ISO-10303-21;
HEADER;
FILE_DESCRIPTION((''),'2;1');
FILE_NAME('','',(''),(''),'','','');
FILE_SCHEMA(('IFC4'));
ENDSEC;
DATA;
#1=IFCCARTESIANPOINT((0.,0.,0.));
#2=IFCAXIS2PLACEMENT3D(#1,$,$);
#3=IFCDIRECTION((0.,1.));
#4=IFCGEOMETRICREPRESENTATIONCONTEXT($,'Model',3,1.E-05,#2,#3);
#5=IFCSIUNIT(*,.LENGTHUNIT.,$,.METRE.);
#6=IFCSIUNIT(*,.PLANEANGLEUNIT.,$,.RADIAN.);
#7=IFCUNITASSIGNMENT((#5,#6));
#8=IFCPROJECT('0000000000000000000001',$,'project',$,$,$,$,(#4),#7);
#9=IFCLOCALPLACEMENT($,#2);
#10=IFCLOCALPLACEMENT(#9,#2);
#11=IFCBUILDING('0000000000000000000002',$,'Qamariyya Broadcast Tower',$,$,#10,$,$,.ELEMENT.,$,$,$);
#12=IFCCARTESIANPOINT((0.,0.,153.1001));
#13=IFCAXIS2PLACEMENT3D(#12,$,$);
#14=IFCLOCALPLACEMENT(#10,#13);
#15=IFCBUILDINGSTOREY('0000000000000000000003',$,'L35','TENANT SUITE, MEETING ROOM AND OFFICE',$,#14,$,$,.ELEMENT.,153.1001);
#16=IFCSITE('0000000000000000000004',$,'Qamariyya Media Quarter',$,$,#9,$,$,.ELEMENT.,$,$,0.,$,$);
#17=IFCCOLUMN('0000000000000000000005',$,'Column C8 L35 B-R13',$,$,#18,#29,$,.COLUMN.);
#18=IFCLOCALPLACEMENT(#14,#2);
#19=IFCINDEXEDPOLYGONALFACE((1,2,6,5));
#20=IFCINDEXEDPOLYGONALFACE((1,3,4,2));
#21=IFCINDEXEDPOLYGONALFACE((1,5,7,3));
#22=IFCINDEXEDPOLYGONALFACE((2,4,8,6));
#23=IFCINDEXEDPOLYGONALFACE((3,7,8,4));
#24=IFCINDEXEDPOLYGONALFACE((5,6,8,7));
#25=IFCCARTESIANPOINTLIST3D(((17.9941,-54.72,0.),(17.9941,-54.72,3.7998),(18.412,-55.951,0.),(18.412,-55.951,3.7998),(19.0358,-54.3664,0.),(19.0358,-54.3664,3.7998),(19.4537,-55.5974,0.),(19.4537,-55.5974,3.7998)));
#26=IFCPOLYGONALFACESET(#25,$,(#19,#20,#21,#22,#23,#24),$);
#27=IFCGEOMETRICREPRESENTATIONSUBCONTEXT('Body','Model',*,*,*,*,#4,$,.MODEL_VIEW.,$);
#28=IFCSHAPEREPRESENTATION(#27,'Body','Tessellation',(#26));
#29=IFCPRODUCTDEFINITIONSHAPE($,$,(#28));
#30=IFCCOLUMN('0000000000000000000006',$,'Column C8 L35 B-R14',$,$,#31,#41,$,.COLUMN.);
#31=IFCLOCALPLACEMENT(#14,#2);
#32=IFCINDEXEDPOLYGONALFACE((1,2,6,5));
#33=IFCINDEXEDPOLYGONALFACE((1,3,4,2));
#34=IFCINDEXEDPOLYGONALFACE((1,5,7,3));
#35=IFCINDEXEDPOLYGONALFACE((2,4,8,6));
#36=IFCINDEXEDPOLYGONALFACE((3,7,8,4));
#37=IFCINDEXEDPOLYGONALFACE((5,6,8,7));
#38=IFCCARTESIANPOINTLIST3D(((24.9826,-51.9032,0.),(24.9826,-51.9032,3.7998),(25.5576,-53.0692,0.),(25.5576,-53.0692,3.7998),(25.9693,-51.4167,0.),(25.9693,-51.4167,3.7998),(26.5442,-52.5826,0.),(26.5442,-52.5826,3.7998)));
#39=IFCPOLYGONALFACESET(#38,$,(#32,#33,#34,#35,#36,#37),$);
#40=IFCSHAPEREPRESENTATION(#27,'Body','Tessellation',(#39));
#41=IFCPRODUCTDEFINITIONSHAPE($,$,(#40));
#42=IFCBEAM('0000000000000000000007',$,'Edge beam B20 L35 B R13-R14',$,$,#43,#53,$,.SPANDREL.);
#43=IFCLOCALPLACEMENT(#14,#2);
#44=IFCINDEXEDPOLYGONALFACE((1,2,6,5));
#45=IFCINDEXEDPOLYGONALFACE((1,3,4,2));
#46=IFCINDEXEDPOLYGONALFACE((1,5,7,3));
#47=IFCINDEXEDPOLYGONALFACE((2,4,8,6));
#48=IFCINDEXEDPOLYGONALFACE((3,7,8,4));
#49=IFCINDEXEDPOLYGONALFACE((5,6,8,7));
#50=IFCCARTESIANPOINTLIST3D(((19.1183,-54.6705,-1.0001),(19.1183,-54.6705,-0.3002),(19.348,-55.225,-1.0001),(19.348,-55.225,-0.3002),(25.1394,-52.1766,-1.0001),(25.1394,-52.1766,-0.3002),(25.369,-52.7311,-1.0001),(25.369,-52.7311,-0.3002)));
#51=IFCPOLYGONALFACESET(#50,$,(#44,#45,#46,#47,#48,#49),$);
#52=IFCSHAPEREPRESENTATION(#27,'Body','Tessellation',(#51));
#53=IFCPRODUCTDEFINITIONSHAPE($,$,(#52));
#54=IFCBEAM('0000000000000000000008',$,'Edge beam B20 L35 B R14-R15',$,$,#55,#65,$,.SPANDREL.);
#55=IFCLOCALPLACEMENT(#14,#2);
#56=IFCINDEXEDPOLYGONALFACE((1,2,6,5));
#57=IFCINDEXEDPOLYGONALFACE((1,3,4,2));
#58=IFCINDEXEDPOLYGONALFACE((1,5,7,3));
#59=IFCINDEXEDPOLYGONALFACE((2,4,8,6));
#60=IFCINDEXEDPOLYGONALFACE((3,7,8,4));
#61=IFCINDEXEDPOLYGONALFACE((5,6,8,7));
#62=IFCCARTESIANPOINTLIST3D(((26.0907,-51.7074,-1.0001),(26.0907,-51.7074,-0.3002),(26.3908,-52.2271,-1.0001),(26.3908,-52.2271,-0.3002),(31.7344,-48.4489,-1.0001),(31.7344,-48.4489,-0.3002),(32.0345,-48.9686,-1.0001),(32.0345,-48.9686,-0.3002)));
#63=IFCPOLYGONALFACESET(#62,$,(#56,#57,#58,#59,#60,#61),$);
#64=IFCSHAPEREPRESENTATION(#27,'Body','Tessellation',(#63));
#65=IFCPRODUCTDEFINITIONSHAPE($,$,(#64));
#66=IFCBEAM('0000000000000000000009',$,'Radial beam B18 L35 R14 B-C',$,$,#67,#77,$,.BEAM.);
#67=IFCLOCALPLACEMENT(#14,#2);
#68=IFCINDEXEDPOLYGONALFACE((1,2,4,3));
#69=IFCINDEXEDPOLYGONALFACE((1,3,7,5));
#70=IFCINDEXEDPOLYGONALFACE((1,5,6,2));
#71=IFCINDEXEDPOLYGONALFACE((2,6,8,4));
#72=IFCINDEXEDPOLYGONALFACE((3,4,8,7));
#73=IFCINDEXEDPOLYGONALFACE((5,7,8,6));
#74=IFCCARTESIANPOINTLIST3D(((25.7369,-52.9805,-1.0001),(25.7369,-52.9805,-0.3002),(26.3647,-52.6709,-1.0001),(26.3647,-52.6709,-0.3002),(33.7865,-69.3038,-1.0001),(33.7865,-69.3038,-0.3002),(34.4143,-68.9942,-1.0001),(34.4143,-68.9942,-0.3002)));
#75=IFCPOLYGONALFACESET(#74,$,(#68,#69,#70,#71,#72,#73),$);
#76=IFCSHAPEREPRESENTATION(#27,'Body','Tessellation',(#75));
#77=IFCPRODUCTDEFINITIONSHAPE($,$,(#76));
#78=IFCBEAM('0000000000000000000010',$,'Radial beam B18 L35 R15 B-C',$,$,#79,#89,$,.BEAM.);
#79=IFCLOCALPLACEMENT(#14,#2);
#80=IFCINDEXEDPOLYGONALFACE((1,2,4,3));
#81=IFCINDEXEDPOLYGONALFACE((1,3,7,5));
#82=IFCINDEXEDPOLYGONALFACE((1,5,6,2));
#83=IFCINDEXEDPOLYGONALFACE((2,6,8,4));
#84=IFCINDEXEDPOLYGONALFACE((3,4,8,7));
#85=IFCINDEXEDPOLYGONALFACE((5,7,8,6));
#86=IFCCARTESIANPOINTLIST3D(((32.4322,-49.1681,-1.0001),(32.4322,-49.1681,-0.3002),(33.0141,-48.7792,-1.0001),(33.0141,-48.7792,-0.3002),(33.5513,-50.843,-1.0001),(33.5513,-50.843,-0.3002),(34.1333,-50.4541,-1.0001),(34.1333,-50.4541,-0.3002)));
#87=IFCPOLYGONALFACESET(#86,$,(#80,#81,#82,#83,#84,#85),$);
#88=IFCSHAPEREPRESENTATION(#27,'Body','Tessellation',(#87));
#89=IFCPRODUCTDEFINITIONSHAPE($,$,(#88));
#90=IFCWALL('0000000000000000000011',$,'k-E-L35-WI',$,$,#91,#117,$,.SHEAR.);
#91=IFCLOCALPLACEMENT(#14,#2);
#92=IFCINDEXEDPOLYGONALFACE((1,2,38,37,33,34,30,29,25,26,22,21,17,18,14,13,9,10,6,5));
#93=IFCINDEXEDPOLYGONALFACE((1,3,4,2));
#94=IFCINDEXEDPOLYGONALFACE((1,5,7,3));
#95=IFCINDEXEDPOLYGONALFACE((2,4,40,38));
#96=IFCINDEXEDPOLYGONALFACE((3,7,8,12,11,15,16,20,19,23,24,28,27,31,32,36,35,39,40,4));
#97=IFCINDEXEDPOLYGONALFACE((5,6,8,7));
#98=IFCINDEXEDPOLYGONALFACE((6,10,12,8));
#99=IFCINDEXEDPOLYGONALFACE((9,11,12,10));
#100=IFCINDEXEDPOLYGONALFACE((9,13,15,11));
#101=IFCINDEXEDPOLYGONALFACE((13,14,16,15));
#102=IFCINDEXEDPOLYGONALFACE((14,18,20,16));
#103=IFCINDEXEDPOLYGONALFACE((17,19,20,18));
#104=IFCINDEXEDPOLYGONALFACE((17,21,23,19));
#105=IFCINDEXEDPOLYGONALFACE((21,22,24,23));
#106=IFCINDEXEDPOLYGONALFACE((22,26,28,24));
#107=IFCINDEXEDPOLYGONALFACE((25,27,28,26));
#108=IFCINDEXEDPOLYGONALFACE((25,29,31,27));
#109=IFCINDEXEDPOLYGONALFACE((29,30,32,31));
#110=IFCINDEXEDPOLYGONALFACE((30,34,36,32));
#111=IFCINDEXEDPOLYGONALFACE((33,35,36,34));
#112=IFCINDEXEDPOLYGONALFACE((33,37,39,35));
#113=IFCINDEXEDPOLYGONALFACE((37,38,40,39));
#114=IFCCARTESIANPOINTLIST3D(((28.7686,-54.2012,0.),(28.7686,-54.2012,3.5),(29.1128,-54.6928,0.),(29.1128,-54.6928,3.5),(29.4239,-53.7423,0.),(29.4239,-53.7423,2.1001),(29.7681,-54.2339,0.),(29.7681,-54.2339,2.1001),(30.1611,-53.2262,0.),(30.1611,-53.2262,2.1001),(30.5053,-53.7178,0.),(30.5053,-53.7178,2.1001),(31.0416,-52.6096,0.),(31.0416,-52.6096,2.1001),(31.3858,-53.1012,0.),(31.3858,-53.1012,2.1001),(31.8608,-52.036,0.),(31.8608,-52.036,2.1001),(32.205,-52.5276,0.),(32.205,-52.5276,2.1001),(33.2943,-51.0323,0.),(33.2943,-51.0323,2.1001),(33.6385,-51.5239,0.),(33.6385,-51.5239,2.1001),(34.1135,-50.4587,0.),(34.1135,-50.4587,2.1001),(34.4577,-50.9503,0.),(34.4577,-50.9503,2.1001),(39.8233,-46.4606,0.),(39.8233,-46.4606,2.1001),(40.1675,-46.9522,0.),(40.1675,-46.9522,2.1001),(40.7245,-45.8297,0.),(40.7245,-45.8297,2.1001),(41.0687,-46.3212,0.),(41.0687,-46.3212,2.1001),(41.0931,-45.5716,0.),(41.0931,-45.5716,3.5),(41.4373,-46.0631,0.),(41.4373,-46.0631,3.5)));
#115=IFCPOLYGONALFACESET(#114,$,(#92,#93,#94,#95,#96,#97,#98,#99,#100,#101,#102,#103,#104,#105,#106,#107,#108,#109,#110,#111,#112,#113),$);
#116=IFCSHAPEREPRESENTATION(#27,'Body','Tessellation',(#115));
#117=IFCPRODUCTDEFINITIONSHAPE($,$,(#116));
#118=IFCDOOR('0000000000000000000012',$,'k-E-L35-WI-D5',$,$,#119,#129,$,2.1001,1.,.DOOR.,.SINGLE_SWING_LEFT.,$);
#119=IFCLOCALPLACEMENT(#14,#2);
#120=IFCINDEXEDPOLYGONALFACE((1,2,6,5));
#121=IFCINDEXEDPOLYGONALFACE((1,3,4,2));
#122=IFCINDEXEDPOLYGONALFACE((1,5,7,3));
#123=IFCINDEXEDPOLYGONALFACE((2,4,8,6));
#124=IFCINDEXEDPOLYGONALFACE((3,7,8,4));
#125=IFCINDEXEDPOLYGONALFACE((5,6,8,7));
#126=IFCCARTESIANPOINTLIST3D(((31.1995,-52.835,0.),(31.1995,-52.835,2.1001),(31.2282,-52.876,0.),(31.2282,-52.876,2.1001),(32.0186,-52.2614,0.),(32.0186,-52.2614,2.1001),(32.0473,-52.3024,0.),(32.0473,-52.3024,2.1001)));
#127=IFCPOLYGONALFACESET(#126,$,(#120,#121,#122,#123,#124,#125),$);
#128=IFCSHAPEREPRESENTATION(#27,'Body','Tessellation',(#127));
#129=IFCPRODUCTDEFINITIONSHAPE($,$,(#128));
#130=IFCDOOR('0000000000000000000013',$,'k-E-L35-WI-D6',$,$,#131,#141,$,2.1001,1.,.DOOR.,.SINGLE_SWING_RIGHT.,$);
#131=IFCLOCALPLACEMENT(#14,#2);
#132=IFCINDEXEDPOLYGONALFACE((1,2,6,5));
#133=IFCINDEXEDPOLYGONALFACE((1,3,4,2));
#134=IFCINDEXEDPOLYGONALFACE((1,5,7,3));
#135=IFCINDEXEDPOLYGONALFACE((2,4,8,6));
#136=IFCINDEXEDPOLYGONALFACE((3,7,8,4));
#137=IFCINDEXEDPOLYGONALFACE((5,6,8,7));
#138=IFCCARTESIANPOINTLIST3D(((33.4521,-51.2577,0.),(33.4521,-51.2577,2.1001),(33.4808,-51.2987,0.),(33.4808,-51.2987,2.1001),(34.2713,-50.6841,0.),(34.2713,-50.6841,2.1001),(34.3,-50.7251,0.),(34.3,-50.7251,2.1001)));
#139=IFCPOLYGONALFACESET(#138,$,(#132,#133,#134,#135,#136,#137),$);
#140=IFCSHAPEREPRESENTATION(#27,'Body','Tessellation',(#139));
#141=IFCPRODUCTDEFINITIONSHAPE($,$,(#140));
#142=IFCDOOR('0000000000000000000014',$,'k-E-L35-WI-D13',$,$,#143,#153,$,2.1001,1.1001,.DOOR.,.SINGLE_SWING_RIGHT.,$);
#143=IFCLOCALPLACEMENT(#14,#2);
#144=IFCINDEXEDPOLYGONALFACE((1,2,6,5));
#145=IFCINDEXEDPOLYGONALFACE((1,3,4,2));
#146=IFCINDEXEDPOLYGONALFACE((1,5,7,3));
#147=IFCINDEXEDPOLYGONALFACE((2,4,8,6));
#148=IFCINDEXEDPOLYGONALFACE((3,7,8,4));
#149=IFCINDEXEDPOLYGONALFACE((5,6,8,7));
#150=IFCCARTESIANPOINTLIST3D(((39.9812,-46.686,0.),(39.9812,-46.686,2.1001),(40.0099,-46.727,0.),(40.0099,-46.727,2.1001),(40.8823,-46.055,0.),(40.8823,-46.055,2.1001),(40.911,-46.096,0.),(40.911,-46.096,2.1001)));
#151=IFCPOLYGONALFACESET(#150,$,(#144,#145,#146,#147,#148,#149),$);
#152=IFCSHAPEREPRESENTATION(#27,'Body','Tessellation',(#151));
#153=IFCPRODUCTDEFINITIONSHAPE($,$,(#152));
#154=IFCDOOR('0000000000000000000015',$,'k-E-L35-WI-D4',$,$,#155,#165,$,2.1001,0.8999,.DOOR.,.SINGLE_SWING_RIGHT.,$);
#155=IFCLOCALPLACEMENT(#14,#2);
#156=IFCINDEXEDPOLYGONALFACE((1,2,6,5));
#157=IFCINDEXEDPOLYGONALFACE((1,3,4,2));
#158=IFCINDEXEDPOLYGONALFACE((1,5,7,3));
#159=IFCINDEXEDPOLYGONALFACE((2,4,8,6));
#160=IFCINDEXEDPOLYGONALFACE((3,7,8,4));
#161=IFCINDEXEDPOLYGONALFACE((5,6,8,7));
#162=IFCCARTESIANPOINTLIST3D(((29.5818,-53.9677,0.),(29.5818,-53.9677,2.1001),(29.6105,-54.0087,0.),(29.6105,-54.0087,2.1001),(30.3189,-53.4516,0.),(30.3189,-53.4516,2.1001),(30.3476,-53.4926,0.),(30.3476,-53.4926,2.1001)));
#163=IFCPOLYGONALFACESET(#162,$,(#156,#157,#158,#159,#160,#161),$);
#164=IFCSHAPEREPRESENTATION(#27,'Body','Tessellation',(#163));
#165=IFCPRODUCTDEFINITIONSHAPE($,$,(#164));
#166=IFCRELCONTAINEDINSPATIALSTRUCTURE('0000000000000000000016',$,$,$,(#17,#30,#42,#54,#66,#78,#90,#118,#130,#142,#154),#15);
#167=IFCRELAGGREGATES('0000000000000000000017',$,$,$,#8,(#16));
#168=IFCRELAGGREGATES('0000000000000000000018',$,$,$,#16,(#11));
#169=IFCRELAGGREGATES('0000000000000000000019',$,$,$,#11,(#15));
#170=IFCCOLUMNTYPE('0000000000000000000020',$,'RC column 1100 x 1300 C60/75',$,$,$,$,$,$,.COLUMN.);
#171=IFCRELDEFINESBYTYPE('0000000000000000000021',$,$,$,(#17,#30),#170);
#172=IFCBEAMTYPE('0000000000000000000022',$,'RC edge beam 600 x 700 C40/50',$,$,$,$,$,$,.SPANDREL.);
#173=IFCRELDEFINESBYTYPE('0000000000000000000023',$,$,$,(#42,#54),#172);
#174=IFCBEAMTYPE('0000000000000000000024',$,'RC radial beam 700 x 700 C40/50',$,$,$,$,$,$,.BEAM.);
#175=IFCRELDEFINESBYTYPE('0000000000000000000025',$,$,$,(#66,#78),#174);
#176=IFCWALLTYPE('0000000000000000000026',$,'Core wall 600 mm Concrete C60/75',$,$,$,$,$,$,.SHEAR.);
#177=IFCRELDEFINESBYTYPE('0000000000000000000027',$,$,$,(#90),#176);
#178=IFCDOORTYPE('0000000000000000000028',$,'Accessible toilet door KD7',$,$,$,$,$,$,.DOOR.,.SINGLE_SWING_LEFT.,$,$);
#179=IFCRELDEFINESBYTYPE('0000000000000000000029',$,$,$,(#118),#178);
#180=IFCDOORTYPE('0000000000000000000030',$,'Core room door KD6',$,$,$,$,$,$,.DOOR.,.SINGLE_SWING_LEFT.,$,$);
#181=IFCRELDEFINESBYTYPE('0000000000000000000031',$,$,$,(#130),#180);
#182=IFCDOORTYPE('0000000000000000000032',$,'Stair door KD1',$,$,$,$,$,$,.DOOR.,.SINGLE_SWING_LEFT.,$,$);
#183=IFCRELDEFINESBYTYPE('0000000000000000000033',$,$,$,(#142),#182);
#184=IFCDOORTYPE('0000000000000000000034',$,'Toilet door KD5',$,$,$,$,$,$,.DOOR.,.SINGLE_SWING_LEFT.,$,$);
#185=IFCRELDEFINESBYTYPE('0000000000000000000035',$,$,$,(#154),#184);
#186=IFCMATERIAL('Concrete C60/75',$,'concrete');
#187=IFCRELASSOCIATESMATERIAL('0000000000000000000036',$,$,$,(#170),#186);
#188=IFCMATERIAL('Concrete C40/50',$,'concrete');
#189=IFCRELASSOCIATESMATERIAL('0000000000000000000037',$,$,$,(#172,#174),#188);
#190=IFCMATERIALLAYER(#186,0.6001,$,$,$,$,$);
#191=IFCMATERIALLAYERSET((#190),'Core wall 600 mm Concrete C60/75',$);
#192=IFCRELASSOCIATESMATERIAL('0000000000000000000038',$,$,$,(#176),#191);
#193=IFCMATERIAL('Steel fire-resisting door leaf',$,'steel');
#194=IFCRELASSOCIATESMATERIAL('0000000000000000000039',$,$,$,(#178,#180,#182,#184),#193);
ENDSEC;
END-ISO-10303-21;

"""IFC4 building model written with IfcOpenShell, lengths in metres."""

from ifc_helpers import new_model, si_unit, direction, frame, frame_2d, origin, origin_2d, place, context, subcontext, project, spatial, rectangle, extrude, material, layer, layer_set, material_profile, profile_set, type_object, element, fill, save


model = new_model("IFC4")

# Units and contexts
model_context = context("Model", 3, precision=1e-05, world=origin(), true_north=direction((0.0, 1.0)))
body_context = subcontext(model_context, "Body", "Model", "MODEL_VIEW")
ifc_project = project(units=[si_unit("LENGTHUNIT", "METRE"), si_unit("PLANEANGLEUNIT", "RADIAN")], contexts=[model_context])

# Site, building, storey
site_placement = place(None, origin())
site = spatial("IfcSite", under=ifc_project, at=site_placement, Name="Qamariyya Media Quarter", CompositionType="ELEMENT", RefElevation=0.0)
building_placement = place(site_placement, origin())
building = spatial("IfcBuilding", under=site, at=building_placement, Name="Qamariyya Broadcast Tower", CompositionType="ELEMENT")
storey_placement = place(building_placement, frame((0.0, 0.0, 153.1001)))
storey = spatial("IfcBuildingStorey", under=building, at=storey_placement, Name="L35", Description="TENANT SUITE, MEETING ROOM AND OFFICE", CompositionType="ELEMENT", Elevation=153.1001)

# Columns
ifc_material_1 = material(Name="Concrete C60/75", Category="concrete")
ifc_material_profile_1 = material_profile(ifc_material_1, rectangle(XDim=1.1001, YDim=1.3, at=origin_2d()))
ifc_profile_set_1 = profile_set([ifc_material_profile_1], Name="Concrete C60/75")
column_type = type_object("IfcColumnType", Name="RC column 1100 x 1300 C60/75", PredefinedType="COLUMN", material=ifc_profile_set_1)
for number, where, z_axis, x_axis, name in (
    (1, (18.7239, -55.1587, 0.0), (0.0, 0.0, 1.0), (0.94693, 0.321439, 0.0), "Column C8 L35 B-R13"),
    (2, (25.7634, -52.2429, 0.0), (0.0, 0.0, 1.0), (0.896873, 0.442289, 0.0), "Column C8 L35 B-R14"),
):
    element("IfcColumn", number, at=place(storey_placement, frame(where, z_axis=z_axis, x_axis=x_axis)), inside=storey, type_object=column_type, Name=name, PredefinedType="COLUMN", context=body_context, shape_type="SweptSolid", body=[
        extrude(rectangle(XDim=1.1001, YDim=1.3, at=origin_2d()), origin(), (0.0, 0.0, 1.0), 3.7998),
    ])

# Beams
ifc_material_2 = material(Name="Concrete C40/50", Category="concrete")
ifc_material_profile_2 = material_profile(ifc_material_2, rectangle(XDim=0.6001, YDim=0.7, at=origin_2d()))
ifc_profile_set_2 = profile_set([ifc_material_profile_2], Name="Concrete C40/50")
beam_type_1 = type_object("IfcBeamType", Name="RC edge beam 600 x 700 C40/50", PredefinedType="SPANDREL", material=ifc_profile_set_2)
beam_1_placement = place(storey_placement, frame((19.2332, -54.9478, -0.6501), z_axis=(0.923884, 0.382673, 0.0), x_axis=(-0.382673, 0.923884, 0.0)))
element("IfcBeam", 3, at=beam_1_placement, inside=storey, type_object=beam_type_1, Name="Edge beam B20 L35 B R13-R14", PredefinedType="SPANDREL", context=body_context, shape_type="SweptSolid", body=[
    extrude(rectangle(XDim=0.6001, YDim=0.7, at=origin_2d()), origin(), (0.0, 0.0, 1.0), 6.5171),
])
beam_2_placement = place(storey_placement, frame((26.2407, -51.9673, -0.6501), z_axis=(0.866019, 0.500011, 0.0), x_axis=(-0.500011, 0.866019, 0.0)))
element("IfcBeam", 4, at=beam_2_placement, inside=storey, type_object=beam_type_1, Name="Edge beam B20 L35 B R14-R15", PredefinedType="SPANDREL", context=body_context, shape_type="SweptSolid", body=[
    extrude(rectangle(XDim=0.6001, YDim=0.7, at=origin_2d()), origin(), (0.0, 0.0, 1.0), 6.5168),
])
ifc_material_profile_3 = material_profile(ifc_material_2, rectangle(XDim=0.7, YDim=0.7, at=origin_2d()))
ifc_profile_set_3 = profile_set([ifc_material_profile_3], Name="Concrete C40/50")
beam_type_2 = type_object("IfcBeamType", Name="RC radial beam 700 x 700 C40/50", PredefinedType="BEAM", material=ifc_profile_set_3)
beam_3_placement = place(storey_placement, frame((26.0508, -52.8257, -0.6501), z_axis=(0.442281, -0.896876, 0.0), x_axis=(0.896876, 0.442281, 0.0)))
element("IfcBeam", 5, at=beam_3_placement, inside=storey, type_object=beam_type_2, Name="Radial beam B18 L35 R14 B-C", PredefinedType="BEAM", context=body_context, shape_type="SweptSolid", body=[
    extrude(rectangle(XDim=0.7, YDim=0.7, at=origin_2d()), origin(), (0.0, 0.0, 1.0), 18.2002),
])
beam_4_placement = place(storey_placement, frame((32.7231, -48.9736, -0.6501), z_axis=(0.555595, -0.831453, 0.0), x_axis=(0.831453, 0.555595, 0.0)))
element("IfcBeam", 6, at=beam_4_placement, inside=storey, type_object=beam_type_2, Name="Radial beam B18 L35 R15 B-C", PredefinedType="BEAM", context=body_context, shape_type="SweptSolid", body=[
    extrude(rectangle(XDim=0.7, YDim=0.7, at=origin_2d()), origin(), (0.0, 0.0, 1.0), 2.0144),
])

# Wall, openings, doors
ifc_layer_1 = layer(ifc_material_1, 0.6001)
ifc_layer_set_1 = layer_set([ifc_layer_1], Name="Core wall 600 mm Concrete C60/75")
wall_type_1 = type_object("IfcWallType", Name="Core wall 600 mm Concrete C60/75", PredefinedType="SHEAR", material=ifc_layer_set_1)
wall_1_placement = place(storey_placement, frame((28.9407, -54.447, 0.0), z_axis=(0.0, 0.0, 1.0), x_axis=(0.819153, 0.573575, 0.0)))
wall_1 = element("IfcWall", 7, at=wall_1_placement, inside=storey, type_object=wall_type_1, Name="k-E-L35-WI", PredefinedType="SHEAR", context=body_context, shape_type="SweptSolid", body=[
    extrude(rectangle(XDim=15.0454, YDim=0.6001, at=frame_2d((7.5227, 0.0))), origin(), (0.0, 0.0, 1.0), 3.5),
])
opening_1_placement = place(wall_1_placement, frame((0.8, 0.0, 0.0)))
opening_1 = element("IfcOpeningElement", 8, at=opening_1_placement, cuts=wall_1, PredefinedType="OPENING", context=body_context, shape_type="SweptSolid", body=[
    extrude(rectangle(XDim=0.8999, YDim=2.1001, at=frame_2d((0.45, 1.05))), frame((0.0, 0.3101, 0.0), z_axis=(0.0, -1.0, 0.0), x_axis=(1.0, 0.0, 0.0)), (0.0, 0.0, 1.0), 0.6201),
])
opening_2_placement = place(wall_1_placement, frame((2.7749, 0.0, 0.0)))
opening_2 = element("IfcOpeningElement", 9, at=opening_2_placement, cuts=wall_1, PredefinedType="OPENING", context=body_context, shape_type="SweptSolid", body=[
    extrude(rectangle(XDim=1.0, YDim=2.1001, at=frame_2d((0.5, 1.05))), frame((0.0, 0.3101, 0.0), z_axis=(0.0, -1.0, 0.0), x_axis=(1.0, 0.0, 0.0)), (0.0, 0.0, 1.0), 0.6201),
])
opening_3_placement = place(wall_1_placement, frame((5.5249, 0.0, 0.0)))
opening_3 = element("IfcOpeningElement", 10, at=opening_3_placement, cuts=wall_1, PredefinedType="OPENING", context=body_context, shape_type="SweptSolid", body=[
    extrude(rectangle(XDim=1.0, YDim=2.1001, at=frame_2d((0.5, 1.05))), frame((0.0, 0.3101, 0.0), z_axis=(0.0, -1.0, 0.0), x_axis=(1.0, 0.0, 0.0)), (0.0, 0.0, 1.0), 0.6201),
])
opening_4_placement = place(wall_1_placement, frame((13.4954, 0.0, 0.0)))
opening_4 = element("IfcOpeningElement", 11, at=opening_4_placement, cuts=wall_1, PredefinedType="OPENING", context=body_context, shape_type="SweptSolid", body=[
    extrude(rectangle(XDim=1.1001, YDim=2.1001, at=frame_2d((0.55, 1.05))), frame((0.0, 0.3101, 0.0), z_axis=(0.0, -1.0, 0.0), x_axis=(1.0, 0.0, 0.0)), (0.0, 0.0, 1.0), 0.6201),
])
ifc_material_3 = material(Name="Steel fire-resisting door leaf", Category="steel")
door_type_1 = type_object("IfcDoorType", Name="Accessible toilet door KD7", OperationType="SINGLE_SWING_LEFT", PredefinedType="DOOR", material=ifc_material_3)
door_1_placement = place(opening_2_placement, origin())
door_1 = element("IfcDoor", 12, at=door_1_placement, inside=storey, type_object=door_type_1, Name="k-E-L35-WI-D5", OperationType="SINGLE_SWING_LEFT", OverallHeight=2.1001, OverallWidth=1.0, PredefinedType="DOOR", context=body_context, shape_type="SweptSolid", body=[
    extrude(rectangle(XDim=1.0, YDim=2.1001, at=frame_2d((0.5, 1.05))), frame((0.0, 0.0249, 0.0), z_axis=(0.0, -1.0, 0.0), x_axis=(1.0, 0.0, 0.0)), (0.0, 0.0, 1.0), 0.05),
])
fill(opening_2, door_1)
door_type_2 = type_object("IfcDoorType", Name="Core room door KD6", OperationType="SINGLE_SWING_LEFT", PredefinedType="DOOR", material=ifc_material_3)
door_2_placement = place(opening_3_placement, origin())
door_2 = element("IfcDoor", 13, at=door_2_placement, inside=storey, type_object=door_type_2, Name="k-E-L35-WI-D6", OperationType="SINGLE_SWING_RIGHT", OverallHeight=2.1001, OverallWidth=1.0, PredefinedType="DOOR", context=body_context, shape_type="SweptSolid", body=[
    extrude(rectangle(XDim=1.0, YDim=2.1001, at=frame_2d((0.5, 1.05))), frame((0.0, 0.0249, 0.0), z_axis=(0.0, -1.0, 0.0), x_axis=(1.0, 0.0, 0.0)), (0.0, 0.0, 1.0), 0.05),
])
fill(opening_3, door_2)
door_type_3 = type_object("IfcDoorType", Name="Stair door KD1", OperationType="SINGLE_SWING_LEFT", PredefinedType="DOOR", material=ifc_material_3)
door_3_placement = place(opening_4_placement, origin())
door_3 = element("IfcDoor", 14, at=door_3_placement, inside=storey, type_object=door_type_3, Name="k-E-L35-WI-D13", OperationType="SINGLE_SWING_RIGHT", OverallHeight=2.1001, OverallWidth=1.1001, PredefinedType="DOOR", context=body_context, shape_type="SweptSolid", body=[
    extrude(rectangle(XDim=1.1001, YDim=2.1001, at=frame_2d((0.55, 1.05))), frame((0.0, 0.0249, 0.0), z_axis=(0.0, -1.0, 0.0), x_axis=(1.0, 0.0, 0.0)), (0.0, 0.0, 1.0), 0.05),
])
fill(opening_4, door_3)
door_type_4 = type_object("IfcDoorType", Name="Toilet door KD5", OperationType="SINGLE_SWING_LEFT", PredefinedType="DOOR", material=ifc_material_3)
door_4_placement = place(opening_1_placement, origin())
door_4 = element("IfcDoor", 15, at=door_4_placement, inside=storey, type_object=door_type_4, Name="k-E-L35-WI-D4", OperationType="SINGLE_SWING_RIGHT", OverallHeight=2.1001, OverallWidth=0.8999, PredefinedType="DOOR", context=body_context, shape_type="SweptSolid", body=[
    extrude(rectangle(XDim=0.8999, YDim=2.1001, at=frame_2d((0.45, 1.05))), frame((0.0, 0.0249, 0.0), z_axis=(0.0, -1.0, 0.0), x_axis=(1.0, 0.0, 0.0)), (0.0, 0.0, 1.0), 0.05),
])
fill(opening_1, door_4)

save(model, "model.ifc")
